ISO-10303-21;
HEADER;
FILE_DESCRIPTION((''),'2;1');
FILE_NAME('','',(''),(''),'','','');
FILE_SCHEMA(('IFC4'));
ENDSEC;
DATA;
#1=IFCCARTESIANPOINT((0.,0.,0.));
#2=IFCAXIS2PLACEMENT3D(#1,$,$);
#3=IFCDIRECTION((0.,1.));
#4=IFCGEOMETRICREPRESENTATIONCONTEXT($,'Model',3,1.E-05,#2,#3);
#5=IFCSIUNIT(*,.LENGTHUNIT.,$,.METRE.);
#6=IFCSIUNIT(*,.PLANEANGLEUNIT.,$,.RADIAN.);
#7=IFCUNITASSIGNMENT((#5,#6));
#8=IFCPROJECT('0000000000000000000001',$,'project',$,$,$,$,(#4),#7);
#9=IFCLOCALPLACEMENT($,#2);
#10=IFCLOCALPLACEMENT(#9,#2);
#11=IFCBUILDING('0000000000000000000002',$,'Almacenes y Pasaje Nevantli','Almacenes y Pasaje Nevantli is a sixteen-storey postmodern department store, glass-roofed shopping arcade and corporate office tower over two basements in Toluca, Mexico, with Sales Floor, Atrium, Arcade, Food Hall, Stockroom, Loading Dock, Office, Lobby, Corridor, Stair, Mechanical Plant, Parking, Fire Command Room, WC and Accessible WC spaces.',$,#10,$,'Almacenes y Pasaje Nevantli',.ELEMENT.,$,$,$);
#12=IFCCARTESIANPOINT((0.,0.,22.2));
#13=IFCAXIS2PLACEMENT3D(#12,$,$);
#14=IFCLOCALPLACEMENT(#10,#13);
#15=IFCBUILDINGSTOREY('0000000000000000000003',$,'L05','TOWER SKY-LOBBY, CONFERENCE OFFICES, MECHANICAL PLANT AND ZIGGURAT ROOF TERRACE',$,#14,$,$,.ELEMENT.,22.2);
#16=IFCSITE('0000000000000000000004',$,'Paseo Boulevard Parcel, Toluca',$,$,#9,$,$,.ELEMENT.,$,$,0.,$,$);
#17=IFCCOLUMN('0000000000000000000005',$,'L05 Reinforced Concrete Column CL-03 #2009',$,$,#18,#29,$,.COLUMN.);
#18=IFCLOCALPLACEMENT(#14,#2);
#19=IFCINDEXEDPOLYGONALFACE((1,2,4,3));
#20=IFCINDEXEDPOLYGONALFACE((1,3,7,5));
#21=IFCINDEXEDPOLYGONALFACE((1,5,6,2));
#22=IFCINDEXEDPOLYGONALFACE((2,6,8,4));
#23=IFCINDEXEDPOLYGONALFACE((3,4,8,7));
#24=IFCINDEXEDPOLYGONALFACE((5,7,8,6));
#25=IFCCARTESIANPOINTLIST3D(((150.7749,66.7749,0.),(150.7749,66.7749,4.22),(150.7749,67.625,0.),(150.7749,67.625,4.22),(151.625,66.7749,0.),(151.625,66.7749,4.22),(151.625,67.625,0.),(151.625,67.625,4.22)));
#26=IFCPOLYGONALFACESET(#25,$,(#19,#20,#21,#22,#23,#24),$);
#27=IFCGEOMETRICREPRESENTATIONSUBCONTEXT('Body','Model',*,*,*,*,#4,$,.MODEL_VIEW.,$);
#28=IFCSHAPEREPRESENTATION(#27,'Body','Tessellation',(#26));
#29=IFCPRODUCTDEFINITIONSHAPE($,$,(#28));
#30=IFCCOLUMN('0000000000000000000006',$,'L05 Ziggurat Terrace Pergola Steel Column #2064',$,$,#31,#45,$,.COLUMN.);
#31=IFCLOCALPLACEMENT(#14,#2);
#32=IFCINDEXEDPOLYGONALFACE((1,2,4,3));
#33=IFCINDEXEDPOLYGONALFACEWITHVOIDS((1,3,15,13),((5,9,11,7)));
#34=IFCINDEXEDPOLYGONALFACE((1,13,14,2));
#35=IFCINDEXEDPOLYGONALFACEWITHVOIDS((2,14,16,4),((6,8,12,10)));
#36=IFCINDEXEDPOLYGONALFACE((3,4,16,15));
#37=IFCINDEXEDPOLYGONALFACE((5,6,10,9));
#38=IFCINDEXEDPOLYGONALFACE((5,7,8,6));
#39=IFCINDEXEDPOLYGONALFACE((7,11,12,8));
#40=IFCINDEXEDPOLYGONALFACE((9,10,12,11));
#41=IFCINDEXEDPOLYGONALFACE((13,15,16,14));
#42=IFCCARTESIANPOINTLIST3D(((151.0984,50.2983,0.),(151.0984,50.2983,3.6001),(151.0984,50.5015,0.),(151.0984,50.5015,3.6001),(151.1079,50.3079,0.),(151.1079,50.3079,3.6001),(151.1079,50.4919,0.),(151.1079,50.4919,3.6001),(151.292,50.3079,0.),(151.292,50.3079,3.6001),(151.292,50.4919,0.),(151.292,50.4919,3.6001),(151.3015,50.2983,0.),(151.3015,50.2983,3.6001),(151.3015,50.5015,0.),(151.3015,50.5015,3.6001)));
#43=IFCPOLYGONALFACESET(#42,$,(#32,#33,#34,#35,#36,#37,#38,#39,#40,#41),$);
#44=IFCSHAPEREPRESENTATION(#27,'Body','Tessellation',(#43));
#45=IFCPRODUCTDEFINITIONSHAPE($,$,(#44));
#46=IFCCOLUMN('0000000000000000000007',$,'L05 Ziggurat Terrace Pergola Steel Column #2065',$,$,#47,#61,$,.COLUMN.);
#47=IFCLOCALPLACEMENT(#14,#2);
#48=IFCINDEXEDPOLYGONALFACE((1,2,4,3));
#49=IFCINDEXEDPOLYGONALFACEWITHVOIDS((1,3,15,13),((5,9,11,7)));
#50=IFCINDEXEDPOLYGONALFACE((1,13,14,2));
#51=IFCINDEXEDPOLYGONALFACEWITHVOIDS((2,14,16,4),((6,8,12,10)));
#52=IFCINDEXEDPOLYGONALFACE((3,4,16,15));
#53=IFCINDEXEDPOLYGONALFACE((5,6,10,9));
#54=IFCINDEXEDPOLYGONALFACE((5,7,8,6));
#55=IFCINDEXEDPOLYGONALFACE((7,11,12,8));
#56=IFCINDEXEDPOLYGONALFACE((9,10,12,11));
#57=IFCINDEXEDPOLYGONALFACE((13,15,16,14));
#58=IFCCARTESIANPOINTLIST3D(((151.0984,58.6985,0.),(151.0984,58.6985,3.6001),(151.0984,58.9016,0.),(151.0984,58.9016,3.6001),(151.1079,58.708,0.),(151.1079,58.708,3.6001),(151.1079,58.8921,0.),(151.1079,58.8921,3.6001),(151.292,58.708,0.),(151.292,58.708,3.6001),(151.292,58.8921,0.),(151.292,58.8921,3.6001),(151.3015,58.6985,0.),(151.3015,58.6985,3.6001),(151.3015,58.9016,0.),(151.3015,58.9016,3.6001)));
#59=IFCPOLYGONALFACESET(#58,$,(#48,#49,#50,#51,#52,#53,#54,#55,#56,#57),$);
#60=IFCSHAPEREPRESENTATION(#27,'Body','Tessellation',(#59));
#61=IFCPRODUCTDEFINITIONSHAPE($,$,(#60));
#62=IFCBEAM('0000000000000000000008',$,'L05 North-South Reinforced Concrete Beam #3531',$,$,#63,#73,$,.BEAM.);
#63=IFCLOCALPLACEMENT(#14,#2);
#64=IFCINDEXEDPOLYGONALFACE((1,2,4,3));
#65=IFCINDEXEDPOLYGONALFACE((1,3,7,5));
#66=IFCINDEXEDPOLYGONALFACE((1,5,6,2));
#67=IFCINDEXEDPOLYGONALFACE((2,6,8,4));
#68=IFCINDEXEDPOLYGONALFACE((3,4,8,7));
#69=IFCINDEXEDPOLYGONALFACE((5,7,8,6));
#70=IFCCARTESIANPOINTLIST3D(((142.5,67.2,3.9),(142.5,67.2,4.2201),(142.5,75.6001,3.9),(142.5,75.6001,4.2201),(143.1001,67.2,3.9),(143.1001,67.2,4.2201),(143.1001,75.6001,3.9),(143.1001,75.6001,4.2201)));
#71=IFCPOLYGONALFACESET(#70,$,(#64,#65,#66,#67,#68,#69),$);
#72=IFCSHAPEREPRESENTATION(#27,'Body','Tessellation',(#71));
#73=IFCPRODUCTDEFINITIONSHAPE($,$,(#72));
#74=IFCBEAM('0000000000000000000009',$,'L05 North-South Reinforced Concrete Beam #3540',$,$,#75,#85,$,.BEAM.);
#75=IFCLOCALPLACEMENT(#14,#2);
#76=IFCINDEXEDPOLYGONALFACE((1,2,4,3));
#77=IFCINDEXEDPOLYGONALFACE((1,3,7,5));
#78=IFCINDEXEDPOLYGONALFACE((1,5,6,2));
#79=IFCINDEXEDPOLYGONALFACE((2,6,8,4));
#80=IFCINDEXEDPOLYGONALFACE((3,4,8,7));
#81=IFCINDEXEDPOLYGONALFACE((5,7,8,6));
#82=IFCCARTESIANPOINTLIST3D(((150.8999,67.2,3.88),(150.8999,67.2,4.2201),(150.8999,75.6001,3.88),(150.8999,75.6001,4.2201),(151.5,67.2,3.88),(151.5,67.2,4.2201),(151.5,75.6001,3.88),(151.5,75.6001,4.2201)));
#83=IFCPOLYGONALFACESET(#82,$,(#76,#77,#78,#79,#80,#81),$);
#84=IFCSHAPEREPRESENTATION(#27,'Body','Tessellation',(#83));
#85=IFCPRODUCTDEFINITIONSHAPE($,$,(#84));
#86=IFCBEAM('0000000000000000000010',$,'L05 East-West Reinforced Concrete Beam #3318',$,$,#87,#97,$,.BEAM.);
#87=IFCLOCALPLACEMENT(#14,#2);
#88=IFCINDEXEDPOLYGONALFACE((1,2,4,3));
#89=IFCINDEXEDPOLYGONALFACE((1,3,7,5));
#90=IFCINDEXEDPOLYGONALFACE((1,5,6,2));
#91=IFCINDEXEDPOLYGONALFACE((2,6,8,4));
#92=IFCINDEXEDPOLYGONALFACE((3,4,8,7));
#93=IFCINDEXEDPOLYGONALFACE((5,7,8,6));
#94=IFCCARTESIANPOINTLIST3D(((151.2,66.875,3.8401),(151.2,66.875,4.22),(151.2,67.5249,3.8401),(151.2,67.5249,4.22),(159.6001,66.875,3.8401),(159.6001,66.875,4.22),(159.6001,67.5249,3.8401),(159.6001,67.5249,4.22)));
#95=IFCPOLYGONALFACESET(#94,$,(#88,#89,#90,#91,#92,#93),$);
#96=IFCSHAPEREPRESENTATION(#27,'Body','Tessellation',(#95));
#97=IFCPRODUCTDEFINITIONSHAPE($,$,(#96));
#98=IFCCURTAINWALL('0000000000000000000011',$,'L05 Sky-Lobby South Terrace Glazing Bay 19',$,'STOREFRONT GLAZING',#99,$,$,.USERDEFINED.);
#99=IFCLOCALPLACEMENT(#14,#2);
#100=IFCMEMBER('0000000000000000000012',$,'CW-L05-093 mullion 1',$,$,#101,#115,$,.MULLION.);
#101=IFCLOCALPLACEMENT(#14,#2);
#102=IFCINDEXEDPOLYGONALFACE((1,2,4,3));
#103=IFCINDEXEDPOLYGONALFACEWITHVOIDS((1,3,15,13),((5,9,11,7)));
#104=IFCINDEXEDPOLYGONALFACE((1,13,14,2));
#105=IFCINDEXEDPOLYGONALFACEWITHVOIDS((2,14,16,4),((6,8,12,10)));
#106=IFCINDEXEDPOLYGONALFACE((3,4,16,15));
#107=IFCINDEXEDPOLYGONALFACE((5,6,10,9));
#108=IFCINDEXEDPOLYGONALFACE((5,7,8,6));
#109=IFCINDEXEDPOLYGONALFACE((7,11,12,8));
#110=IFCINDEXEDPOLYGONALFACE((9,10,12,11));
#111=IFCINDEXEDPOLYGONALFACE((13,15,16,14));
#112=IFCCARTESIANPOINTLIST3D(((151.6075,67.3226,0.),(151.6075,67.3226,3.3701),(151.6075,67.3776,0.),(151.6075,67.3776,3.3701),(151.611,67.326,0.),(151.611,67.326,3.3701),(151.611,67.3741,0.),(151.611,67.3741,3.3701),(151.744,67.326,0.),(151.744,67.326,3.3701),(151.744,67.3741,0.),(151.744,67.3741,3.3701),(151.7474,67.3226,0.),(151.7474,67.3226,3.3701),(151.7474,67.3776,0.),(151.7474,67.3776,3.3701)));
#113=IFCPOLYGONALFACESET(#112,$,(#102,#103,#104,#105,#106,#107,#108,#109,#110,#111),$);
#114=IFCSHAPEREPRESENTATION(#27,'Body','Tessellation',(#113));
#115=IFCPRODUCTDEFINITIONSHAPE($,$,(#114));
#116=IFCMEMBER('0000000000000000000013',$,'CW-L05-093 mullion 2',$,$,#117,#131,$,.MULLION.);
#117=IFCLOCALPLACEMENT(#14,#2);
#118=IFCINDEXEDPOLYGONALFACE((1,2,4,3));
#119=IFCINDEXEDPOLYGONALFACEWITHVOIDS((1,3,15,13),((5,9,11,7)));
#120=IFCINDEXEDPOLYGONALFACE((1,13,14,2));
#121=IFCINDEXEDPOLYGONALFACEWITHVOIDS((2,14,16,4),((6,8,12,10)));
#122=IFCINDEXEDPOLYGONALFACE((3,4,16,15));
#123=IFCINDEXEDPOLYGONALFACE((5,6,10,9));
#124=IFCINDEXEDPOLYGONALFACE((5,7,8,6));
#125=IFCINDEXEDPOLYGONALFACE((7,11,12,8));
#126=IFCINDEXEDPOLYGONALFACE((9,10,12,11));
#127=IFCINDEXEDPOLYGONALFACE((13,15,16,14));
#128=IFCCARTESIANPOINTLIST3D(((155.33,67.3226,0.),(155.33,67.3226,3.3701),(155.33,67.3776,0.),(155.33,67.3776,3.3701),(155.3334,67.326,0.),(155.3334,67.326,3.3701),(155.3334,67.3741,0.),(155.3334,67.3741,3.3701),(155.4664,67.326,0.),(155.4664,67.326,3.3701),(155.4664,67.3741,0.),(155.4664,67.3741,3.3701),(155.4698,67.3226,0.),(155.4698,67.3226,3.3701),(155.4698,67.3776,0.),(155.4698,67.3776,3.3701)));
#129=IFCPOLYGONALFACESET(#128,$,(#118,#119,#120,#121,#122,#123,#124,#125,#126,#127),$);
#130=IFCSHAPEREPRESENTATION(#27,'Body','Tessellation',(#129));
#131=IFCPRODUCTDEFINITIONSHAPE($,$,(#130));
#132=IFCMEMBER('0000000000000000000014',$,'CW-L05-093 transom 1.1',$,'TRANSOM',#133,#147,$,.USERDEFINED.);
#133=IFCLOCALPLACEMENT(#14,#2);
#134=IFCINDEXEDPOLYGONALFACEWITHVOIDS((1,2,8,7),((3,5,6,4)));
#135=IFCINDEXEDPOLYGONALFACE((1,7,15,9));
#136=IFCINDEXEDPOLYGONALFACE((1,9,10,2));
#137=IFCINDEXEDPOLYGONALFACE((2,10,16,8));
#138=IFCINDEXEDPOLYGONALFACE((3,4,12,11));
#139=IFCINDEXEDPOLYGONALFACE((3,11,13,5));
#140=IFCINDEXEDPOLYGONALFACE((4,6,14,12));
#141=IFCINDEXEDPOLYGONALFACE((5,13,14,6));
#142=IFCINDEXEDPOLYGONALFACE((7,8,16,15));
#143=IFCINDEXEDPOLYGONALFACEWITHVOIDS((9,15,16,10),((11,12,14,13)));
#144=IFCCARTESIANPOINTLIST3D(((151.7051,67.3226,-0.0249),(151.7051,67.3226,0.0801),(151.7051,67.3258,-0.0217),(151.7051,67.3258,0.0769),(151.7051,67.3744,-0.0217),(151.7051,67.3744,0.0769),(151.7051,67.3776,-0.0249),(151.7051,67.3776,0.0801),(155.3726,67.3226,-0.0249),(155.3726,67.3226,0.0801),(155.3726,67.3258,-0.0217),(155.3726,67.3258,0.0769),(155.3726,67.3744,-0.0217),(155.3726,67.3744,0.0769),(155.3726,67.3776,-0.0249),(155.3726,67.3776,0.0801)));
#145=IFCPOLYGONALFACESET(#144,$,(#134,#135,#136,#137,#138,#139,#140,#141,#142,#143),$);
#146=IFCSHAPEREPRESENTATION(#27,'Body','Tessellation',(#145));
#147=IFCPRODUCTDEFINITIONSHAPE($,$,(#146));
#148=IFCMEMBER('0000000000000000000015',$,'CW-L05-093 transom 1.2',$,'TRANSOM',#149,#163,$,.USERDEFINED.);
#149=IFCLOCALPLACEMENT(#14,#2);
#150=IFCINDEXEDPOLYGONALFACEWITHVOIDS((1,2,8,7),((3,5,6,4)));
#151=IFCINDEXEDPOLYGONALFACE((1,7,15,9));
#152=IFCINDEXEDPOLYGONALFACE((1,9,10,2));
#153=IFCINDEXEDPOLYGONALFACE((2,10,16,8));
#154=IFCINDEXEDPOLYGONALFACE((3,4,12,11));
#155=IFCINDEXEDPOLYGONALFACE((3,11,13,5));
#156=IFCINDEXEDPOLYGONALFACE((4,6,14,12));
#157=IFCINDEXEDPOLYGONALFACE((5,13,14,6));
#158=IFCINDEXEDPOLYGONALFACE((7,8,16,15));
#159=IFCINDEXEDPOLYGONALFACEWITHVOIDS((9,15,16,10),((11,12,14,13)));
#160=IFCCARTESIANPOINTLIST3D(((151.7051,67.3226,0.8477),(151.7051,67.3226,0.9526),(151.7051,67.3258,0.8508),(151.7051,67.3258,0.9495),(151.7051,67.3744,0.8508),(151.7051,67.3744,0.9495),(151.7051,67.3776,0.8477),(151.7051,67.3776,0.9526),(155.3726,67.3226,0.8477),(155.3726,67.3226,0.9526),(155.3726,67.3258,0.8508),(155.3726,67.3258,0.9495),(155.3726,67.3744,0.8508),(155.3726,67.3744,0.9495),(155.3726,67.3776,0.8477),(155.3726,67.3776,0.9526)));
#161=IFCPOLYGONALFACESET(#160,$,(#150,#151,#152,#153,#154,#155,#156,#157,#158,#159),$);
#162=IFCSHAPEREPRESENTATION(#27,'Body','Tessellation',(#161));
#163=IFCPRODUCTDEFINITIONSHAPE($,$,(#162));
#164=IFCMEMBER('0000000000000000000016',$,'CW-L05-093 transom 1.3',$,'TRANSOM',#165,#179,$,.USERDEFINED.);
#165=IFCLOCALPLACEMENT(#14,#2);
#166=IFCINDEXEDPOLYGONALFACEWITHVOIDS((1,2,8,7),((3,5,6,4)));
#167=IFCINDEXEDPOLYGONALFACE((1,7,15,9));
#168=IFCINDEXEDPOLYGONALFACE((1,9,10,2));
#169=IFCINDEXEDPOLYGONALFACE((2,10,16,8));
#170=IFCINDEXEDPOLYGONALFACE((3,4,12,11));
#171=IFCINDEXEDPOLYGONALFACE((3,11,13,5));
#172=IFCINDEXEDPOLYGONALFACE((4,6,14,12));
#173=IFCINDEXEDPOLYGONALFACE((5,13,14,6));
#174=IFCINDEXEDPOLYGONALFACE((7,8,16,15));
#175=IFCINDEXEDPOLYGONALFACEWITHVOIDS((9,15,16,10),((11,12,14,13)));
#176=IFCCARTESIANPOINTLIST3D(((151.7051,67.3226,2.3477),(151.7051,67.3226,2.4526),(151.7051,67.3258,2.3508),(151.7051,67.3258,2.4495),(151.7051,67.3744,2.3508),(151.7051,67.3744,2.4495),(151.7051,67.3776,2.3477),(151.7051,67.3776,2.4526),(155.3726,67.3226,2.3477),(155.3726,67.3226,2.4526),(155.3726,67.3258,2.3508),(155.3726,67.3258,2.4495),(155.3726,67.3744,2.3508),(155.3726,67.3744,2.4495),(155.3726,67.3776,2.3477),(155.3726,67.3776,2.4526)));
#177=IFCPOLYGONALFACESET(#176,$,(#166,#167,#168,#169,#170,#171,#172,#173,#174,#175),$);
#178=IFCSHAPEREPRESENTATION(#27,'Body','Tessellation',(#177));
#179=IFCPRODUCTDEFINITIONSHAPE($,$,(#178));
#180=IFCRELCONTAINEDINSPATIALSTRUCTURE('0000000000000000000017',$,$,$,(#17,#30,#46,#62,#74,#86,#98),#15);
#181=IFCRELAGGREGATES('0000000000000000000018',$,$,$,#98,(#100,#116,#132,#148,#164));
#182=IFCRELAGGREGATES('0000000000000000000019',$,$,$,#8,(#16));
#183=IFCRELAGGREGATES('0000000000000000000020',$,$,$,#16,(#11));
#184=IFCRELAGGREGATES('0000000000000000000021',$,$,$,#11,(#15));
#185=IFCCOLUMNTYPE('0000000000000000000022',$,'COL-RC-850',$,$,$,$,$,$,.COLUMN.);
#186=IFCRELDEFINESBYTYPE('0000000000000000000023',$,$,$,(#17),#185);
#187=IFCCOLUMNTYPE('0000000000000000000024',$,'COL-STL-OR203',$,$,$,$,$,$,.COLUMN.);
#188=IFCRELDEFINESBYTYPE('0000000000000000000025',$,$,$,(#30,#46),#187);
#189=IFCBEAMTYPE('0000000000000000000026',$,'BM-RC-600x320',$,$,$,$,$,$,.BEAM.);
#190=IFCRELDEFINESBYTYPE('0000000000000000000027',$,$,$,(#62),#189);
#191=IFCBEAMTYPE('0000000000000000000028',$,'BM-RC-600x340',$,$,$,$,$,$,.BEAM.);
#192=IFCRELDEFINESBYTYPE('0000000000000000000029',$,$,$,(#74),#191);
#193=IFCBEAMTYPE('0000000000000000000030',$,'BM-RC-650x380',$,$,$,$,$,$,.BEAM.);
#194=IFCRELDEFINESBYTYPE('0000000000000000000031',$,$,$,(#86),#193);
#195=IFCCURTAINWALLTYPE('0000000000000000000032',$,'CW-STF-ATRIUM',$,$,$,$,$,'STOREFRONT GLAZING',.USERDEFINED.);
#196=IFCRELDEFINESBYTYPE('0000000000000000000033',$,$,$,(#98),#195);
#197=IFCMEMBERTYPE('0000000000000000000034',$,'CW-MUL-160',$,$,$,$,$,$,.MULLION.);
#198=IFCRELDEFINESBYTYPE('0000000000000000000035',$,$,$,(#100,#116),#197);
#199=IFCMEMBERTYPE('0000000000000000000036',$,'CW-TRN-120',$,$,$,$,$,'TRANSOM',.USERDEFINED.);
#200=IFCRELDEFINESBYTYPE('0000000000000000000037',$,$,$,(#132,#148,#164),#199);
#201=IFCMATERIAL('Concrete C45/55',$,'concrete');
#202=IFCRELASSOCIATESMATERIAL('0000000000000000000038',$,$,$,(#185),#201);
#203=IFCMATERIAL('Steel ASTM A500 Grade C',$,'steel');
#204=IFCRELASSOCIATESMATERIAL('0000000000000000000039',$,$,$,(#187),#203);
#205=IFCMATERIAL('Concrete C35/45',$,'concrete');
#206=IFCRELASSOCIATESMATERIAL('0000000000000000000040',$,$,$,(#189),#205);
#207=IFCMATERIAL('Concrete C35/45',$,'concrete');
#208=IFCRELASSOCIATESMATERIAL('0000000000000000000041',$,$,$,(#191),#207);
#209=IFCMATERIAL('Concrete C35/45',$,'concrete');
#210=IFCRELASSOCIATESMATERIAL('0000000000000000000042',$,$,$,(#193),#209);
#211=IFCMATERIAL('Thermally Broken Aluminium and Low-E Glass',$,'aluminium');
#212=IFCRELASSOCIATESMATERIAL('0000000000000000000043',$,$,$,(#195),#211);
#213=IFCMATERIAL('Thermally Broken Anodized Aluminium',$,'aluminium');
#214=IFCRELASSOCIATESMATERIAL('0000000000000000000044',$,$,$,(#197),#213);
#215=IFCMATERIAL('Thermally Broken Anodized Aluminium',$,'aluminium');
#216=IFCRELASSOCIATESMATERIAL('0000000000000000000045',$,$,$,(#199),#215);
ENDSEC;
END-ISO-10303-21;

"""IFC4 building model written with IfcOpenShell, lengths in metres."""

from ifc_helpers import new_model, si_unit, direction, frame, origin, origin_2d, place, context, subcontext, project, spatial, rectangle, hollow_rectangle, extrude, material, material_profile, profile_set, type_object, element, aggregate, save


model = new_model("IFC4")

# Units and contexts
model_context = context("Model", 3, precision=1e-05, world=origin(), true_north=direction((0.0, 1.0)))
body_context = subcontext(model_context, "Body", "Model", "MODEL_VIEW")
ifc_project = project(units=[si_unit("LENGTHUNIT", "METRE"), si_unit("PLANEANGLEUNIT", "RADIAN")], contexts=[model_context])

# Site, building, storey
site_placement = place(None, origin())
site = spatial("IfcSite", under=ifc_project, at=site_placement, Name="Paseo Boulevard Parcel, Toluca", CompositionType="ELEMENT", RefElevation=0.0)
building_placement = place(site_placement, origin())
building = spatial("IfcBuilding", under=site, at=building_placement, Name="Almacenes y Pasaje Nevantli", Description="Almacenes y Pasaje Nevantli is a sixteen-storey postmodern department store, glass-roofed shopping arcade and corporate office tower over two basements in Toluca, Mexico, with Sales Floor, Atrium, Arcade, Food Hall, Stockroom, Loading Dock, Office, Lobby, Corridor, Stair, Mechanical Plant, Parking, Fire Command Room, WC and Accessible WC spaces.", LongName="Almacenes y Pasaje Nevantli", CompositionType="ELEMENT")
storey_placement = place(building_placement, frame((0.0, 0.0, 22.2)))
storey = spatial("IfcBuildingStorey", under=building, at=storey_placement, Name="L05", Description="TOWER SKY-LOBBY, CONFERENCE OFFICES, MECHANICAL PLANT AND ZIGGURAT ROOF TERRACE", CompositionType="ELEMENT", Elevation=22.2)

# Columns
ifc_material_1 = material(Name="Concrete C45/55", Category="concrete")
ifc_material_profile_1 = material_profile(ifc_material_1, rectangle(XDim=0.8501, YDim=0.8501, at=origin_2d()), Name="RC-COL-850x850")
ifc_profile_set_1 = profile_set([ifc_material_profile_1], Name="Concrete C45/55")
column_type_1 = type_object("IfcColumnType", Name="COL-RC-850", PredefinedType="COLUMN", material=ifc_profile_set_1)
column_placement = place(storey_placement, frame((151.2, 67.2, 0.0), z_axis=(0.0, 0.0, 1.0), x_axis=(1.0, 0.0, 0.0)))
element("IfcColumn", 1, at=column_placement, inside=storey, type_object=column_type_1, Name="L05 Reinforced Concrete Column CL-03 #2009", PredefinedType="COLUMN", context=body_context, shape_type="SweptSolid", body=[
    extrude(rectangle(XDim=0.8501, YDim=0.8501, at=origin_2d()), origin(), (0.0, 0.0, 1.0), 4.22),
])
ifc_material_2 = material(Name="Steel ASTM A500 Grade C", Category="steel")
ifc_material_profile_2 = material_profile(ifc_material_2, hollow_rectangle(XDim=0.2031, YDim=0.2031, WallThickness=0.0095, at=origin_2d()), Name="OR 203x203x9.5")
ifc_profile_set_2 = profile_set([ifc_material_profile_2], Name="Steel ASTM A500 Grade C")
column_type_2 = type_object("IfcColumnType", Name="COL-STL-OR203", PredefinedType="COLUMN", material=ifc_profile_set_2)
for number, where, z_axis, x_axis, name in (
    (2, (151.2, 50.3999, 0.0), (0.0, 0.0, 1.0), (1.0, 0.0, 0.0), "L05 Ziggurat Terrace Pergola Steel Column #2064"),
    (3, (151.2, 58.8, 0.0), (0.0, 0.0, 1.0), (1.0, 0.0, 0.0), "L05 Ziggurat Terrace Pergola Steel Column #2065"),
):
    element("IfcColumn", number, at=place(storey_placement, frame(where, z_axis=z_axis, x_axis=x_axis)), inside=storey, type_object=column_type_2, Name=name, PredefinedType="COLUMN", context=body_context, shape_type="SweptSolid", body=[
        extrude(hollow_rectangle(XDim=0.2031, YDim=0.2031, WallThickness=0.0095, at=origin_2d()), origin(), (0.0, 0.0, 1.0), 3.6001),
    ])

# Beams
ifc_material_3 = material(Name="Concrete C35/45", Category="concrete")
ifc_material_profile_3 = material_profile(ifc_material_3, rectangle(XDim=0.6001, YDim=0.3201, at=origin_2d()), Name="RC-BM-600x320")
ifc_profile_set_3 = profile_set([ifc_material_profile_3], Name="Concrete C35/45")
beam_type_1 = type_object("IfcBeamType", Name="BM-RC-600x320", PredefinedType="BEAM", material=ifc_profile_set_3)
beam_1_placement = place(storey_placement, frame((142.8, 67.2, 4.0601), z_axis=(0.0, 1.0, 0.0), x_axis=(-1.0, 0.0, 0.0)))
element("IfcBeam", 4, at=beam_1_placement, inside=storey, type_object=beam_type_1, Name="L05 North-South Reinforced Concrete Beam #3531", PredefinedType="BEAM", context=body_context, shape_type="SweptSolid", body=[
    extrude(rectangle(XDim=0.6001, YDim=0.3201, at=origin_2d()), origin(), (0.0, 0.0, 1.0), 8.4001),
])
ifc_material_4 = material(Name="Concrete C35/45", Category="concrete")
ifc_material_profile_4 = material_profile(ifc_material_4, rectangle(XDim=0.6001, YDim=0.3401, at=origin_2d()), Name="RC-BM-600x340")
ifc_profile_set_4 = profile_set([ifc_material_profile_4], Name="Concrete C35/45")
beam_type_2 = type_object("IfcBeamType", Name="BM-RC-600x340", PredefinedType="BEAM", material=ifc_profile_set_4)
beam_2_placement = place(storey_placement, frame((151.2, 67.2, 4.05), z_axis=(0.0, 1.0, 0.0), x_axis=(-1.0, 0.0, 0.0)))
element("IfcBeam", 5, at=beam_2_placement, inside=storey, type_object=beam_type_2, Name="L05 North-South Reinforced Concrete Beam #3540", PredefinedType="BEAM", context=body_context, shape_type="SweptSolid", body=[
    extrude(rectangle(XDim=0.6001, YDim=0.3401, at=origin_2d()), origin(), (0.0, 0.0, 1.0), 8.4001),
])
ifc_material_5 = material(Name="Concrete C35/45", Category="concrete")
ifc_material_profile_5 = material_profile(ifc_material_5, rectangle(XDim=0.6499, YDim=0.3799, at=origin_2d()), Name="RC-BM-650x380")
ifc_profile_set_5 = profile_set([ifc_material_profile_5], Name="Concrete C35/45")
beam_type_3 = type_object("IfcBeamType", Name="BM-RC-650x380", PredefinedType="BEAM", material=ifc_profile_set_5)
beam_3_placement = place(storey_placement, frame((151.2, 67.2, 4.03), z_axis=(1.0, 0.0, 0.0), x_axis=(0.0, 1.0, 0.0)))
element("IfcBeam", 6, at=beam_3_placement, inside=storey, type_object=beam_type_3, Name="L05 East-West Reinforced Concrete Beam #3318", PredefinedType="BEAM", context=body_context, shape_type="SweptSolid", body=[
    extrude(rectangle(XDim=0.6499, YDim=0.3799, at=origin_2d()), origin(), (0.0, 0.0, 1.0), 8.4001),
])

# Curtain wall, members
ifc_material_6 = material(Name="Thermally Broken Aluminium and Low-E Glass", Category="aluminium")
curtain_wall_type = type_object("IfcCurtainWallType", Name="CW-STF-ATRIUM", ElementType="STOREFRONT GLAZING", PredefinedType="USERDEFINED", material=ifc_material_6)
curtain_wall_placement = place(storey_placement, origin())
curtain_wall = element("IfcCurtainWall", 7, at=curtain_wall_placement, inside=storey, type_object=curtain_wall_type, Name="L05 Sky-Lobby South Terrace Glazing Bay 19", ObjectType="STOREFRONT GLAZING", PredefinedType="USERDEFINED")
ifc_material_7 = material(Name="Thermally Broken Anodized Aluminium", Category="aluminium")
ifc_material_profile_6 = material_profile(ifc_material_7, hollow_rectangle(XDim=0.0549, YDim=0.1399, WallThickness=0.0034, at=origin_2d()), Name="ALU-MUL-55x140")
ifc_profile_set_6 = profile_set([ifc_material_profile_6], Name="Thermally Broken Anodized Aluminium")
member_type_1 = type_object("IfcMemberType", Name="CW-MUL-160", PredefinedType="MULLION", material=ifc_profile_set_6)
member_1_placement = place(storey_placement, frame((151.6775, 67.3501, 0.0), z_axis=(0.0, 0.0, 1.0), x_axis=(0.0, 1.0, 0.0)))
member_1 = element("IfcMember", 8, at=member_1_placement, type_object=member_type_1, Name="CW-L05-093 mullion 1", PredefinedType="MULLION", context=body_context, shape_type="SweptSolid", body=[
    extrude(hollow_rectangle(XDim=0.0549, YDim=0.1399, WallThickness=0.0034, at=origin_2d()), origin(), (0.0, 0.0, 1.0), 3.3701),
])
member_2_placement = place(storey_placement, frame((155.3999, 67.3501, 0.0), z_axis=(0.0, 0.0, 1.0), x_axis=(0.0, 1.0, 0.0)))
member_2 = element("IfcMember", 9, at=member_2_placement, type_object=member_type_1, Name="CW-L05-093 mullion 2", PredefinedType="MULLION", context=body_context, shape_type="SweptSolid", body=[
    extrude(hollow_rectangle(XDim=0.0549, YDim=0.1399, WallThickness=0.0034, at=origin_2d()), origin(), (0.0, 0.0, 1.0), 3.3701),
])
ifc_material_8 = material(Name="Thermally Broken Anodized Aluminium", Category="aluminium")
ifc_material_profile_7 = material_profile(ifc_material_8, hollow_rectangle(XDim=0.0549, YDim=0.105, WallThickness=0.0032, at=origin_2d()), Name="ALU-TRN-55x105")
ifc_profile_set_7 = profile_set([ifc_material_profile_7], Name="Thermally Broken Anodized Aluminium")
member_type_2 = type_object("IfcMemberType", Name="CW-TRN-120", ElementType="TRANSOM", PredefinedType="USERDEFINED", material=ifc_profile_set_7)
member_3_placement = place(storey_placement, frame((151.7051, 67.3501, 0.0276), z_axis=(1.0, 0.0, 0.0), x_axis=(0.0, 1.0, 0.0)))
member_3 = element("IfcMember", 10, at=member_3_placement, type_object=member_type_2, Name="CW-L05-093 transom 1.1", ObjectType="TRANSOM", PredefinedType="USERDEFINED", context=body_context, shape_type="SweptSolid", body=[
    extrude(hollow_rectangle(XDim=0.0549, YDim=0.105, WallThickness=0.0032, at=origin_2d()), origin(), (0.0, 0.0, 1.0), 3.6675),
])
member_4_placement = place(storey_placement, frame((151.7051, 67.3501, 0.9001), z_axis=(1.0, 0.0, 0.0), x_axis=(0.0, 1.0, 0.0)))
member_4 = element("IfcMember", 11, at=member_4_placement, type_object=member_type_2, Name="CW-L05-093 transom 1.2", ObjectType="TRANSOM", PredefinedType="USERDEFINED", context=body_context, shape_type="SweptSolid", body=[
    extrude(hollow_rectangle(XDim=0.0549, YDim=0.105, WallThickness=0.0032, at=origin_2d()), origin(), (0.0, 0.0, 1.0), 3.6675),
])
member_5_placement = place(storey_placement, frame((151.7051, 67.3501, 2.4001), z_axis=(1.0, 0.0, 0.0), x_axis=(0.0, 1.0, 0.0)))
member_5 = element("IfcMember", 12, at=member_5_placement, type_object=member_type_2, Name="CW-L05-093 transom 1.3", ObjectType="TRANSOM", PredefinedType="USERDEFINED", context=body_context, shape_type="SweptSolid", body=[
    extrude(hollow_rectangle(XDim=0.0549, YDim=0.105, WallThickness=0.0032, at=origin_2d()), origin(), (0.0, 0.0, 1.0), 3.6675),
])

aggregate(curtain_wall, [member_1, member_2, member_3, member_4, member_5])

save(model, "model.ifc")
